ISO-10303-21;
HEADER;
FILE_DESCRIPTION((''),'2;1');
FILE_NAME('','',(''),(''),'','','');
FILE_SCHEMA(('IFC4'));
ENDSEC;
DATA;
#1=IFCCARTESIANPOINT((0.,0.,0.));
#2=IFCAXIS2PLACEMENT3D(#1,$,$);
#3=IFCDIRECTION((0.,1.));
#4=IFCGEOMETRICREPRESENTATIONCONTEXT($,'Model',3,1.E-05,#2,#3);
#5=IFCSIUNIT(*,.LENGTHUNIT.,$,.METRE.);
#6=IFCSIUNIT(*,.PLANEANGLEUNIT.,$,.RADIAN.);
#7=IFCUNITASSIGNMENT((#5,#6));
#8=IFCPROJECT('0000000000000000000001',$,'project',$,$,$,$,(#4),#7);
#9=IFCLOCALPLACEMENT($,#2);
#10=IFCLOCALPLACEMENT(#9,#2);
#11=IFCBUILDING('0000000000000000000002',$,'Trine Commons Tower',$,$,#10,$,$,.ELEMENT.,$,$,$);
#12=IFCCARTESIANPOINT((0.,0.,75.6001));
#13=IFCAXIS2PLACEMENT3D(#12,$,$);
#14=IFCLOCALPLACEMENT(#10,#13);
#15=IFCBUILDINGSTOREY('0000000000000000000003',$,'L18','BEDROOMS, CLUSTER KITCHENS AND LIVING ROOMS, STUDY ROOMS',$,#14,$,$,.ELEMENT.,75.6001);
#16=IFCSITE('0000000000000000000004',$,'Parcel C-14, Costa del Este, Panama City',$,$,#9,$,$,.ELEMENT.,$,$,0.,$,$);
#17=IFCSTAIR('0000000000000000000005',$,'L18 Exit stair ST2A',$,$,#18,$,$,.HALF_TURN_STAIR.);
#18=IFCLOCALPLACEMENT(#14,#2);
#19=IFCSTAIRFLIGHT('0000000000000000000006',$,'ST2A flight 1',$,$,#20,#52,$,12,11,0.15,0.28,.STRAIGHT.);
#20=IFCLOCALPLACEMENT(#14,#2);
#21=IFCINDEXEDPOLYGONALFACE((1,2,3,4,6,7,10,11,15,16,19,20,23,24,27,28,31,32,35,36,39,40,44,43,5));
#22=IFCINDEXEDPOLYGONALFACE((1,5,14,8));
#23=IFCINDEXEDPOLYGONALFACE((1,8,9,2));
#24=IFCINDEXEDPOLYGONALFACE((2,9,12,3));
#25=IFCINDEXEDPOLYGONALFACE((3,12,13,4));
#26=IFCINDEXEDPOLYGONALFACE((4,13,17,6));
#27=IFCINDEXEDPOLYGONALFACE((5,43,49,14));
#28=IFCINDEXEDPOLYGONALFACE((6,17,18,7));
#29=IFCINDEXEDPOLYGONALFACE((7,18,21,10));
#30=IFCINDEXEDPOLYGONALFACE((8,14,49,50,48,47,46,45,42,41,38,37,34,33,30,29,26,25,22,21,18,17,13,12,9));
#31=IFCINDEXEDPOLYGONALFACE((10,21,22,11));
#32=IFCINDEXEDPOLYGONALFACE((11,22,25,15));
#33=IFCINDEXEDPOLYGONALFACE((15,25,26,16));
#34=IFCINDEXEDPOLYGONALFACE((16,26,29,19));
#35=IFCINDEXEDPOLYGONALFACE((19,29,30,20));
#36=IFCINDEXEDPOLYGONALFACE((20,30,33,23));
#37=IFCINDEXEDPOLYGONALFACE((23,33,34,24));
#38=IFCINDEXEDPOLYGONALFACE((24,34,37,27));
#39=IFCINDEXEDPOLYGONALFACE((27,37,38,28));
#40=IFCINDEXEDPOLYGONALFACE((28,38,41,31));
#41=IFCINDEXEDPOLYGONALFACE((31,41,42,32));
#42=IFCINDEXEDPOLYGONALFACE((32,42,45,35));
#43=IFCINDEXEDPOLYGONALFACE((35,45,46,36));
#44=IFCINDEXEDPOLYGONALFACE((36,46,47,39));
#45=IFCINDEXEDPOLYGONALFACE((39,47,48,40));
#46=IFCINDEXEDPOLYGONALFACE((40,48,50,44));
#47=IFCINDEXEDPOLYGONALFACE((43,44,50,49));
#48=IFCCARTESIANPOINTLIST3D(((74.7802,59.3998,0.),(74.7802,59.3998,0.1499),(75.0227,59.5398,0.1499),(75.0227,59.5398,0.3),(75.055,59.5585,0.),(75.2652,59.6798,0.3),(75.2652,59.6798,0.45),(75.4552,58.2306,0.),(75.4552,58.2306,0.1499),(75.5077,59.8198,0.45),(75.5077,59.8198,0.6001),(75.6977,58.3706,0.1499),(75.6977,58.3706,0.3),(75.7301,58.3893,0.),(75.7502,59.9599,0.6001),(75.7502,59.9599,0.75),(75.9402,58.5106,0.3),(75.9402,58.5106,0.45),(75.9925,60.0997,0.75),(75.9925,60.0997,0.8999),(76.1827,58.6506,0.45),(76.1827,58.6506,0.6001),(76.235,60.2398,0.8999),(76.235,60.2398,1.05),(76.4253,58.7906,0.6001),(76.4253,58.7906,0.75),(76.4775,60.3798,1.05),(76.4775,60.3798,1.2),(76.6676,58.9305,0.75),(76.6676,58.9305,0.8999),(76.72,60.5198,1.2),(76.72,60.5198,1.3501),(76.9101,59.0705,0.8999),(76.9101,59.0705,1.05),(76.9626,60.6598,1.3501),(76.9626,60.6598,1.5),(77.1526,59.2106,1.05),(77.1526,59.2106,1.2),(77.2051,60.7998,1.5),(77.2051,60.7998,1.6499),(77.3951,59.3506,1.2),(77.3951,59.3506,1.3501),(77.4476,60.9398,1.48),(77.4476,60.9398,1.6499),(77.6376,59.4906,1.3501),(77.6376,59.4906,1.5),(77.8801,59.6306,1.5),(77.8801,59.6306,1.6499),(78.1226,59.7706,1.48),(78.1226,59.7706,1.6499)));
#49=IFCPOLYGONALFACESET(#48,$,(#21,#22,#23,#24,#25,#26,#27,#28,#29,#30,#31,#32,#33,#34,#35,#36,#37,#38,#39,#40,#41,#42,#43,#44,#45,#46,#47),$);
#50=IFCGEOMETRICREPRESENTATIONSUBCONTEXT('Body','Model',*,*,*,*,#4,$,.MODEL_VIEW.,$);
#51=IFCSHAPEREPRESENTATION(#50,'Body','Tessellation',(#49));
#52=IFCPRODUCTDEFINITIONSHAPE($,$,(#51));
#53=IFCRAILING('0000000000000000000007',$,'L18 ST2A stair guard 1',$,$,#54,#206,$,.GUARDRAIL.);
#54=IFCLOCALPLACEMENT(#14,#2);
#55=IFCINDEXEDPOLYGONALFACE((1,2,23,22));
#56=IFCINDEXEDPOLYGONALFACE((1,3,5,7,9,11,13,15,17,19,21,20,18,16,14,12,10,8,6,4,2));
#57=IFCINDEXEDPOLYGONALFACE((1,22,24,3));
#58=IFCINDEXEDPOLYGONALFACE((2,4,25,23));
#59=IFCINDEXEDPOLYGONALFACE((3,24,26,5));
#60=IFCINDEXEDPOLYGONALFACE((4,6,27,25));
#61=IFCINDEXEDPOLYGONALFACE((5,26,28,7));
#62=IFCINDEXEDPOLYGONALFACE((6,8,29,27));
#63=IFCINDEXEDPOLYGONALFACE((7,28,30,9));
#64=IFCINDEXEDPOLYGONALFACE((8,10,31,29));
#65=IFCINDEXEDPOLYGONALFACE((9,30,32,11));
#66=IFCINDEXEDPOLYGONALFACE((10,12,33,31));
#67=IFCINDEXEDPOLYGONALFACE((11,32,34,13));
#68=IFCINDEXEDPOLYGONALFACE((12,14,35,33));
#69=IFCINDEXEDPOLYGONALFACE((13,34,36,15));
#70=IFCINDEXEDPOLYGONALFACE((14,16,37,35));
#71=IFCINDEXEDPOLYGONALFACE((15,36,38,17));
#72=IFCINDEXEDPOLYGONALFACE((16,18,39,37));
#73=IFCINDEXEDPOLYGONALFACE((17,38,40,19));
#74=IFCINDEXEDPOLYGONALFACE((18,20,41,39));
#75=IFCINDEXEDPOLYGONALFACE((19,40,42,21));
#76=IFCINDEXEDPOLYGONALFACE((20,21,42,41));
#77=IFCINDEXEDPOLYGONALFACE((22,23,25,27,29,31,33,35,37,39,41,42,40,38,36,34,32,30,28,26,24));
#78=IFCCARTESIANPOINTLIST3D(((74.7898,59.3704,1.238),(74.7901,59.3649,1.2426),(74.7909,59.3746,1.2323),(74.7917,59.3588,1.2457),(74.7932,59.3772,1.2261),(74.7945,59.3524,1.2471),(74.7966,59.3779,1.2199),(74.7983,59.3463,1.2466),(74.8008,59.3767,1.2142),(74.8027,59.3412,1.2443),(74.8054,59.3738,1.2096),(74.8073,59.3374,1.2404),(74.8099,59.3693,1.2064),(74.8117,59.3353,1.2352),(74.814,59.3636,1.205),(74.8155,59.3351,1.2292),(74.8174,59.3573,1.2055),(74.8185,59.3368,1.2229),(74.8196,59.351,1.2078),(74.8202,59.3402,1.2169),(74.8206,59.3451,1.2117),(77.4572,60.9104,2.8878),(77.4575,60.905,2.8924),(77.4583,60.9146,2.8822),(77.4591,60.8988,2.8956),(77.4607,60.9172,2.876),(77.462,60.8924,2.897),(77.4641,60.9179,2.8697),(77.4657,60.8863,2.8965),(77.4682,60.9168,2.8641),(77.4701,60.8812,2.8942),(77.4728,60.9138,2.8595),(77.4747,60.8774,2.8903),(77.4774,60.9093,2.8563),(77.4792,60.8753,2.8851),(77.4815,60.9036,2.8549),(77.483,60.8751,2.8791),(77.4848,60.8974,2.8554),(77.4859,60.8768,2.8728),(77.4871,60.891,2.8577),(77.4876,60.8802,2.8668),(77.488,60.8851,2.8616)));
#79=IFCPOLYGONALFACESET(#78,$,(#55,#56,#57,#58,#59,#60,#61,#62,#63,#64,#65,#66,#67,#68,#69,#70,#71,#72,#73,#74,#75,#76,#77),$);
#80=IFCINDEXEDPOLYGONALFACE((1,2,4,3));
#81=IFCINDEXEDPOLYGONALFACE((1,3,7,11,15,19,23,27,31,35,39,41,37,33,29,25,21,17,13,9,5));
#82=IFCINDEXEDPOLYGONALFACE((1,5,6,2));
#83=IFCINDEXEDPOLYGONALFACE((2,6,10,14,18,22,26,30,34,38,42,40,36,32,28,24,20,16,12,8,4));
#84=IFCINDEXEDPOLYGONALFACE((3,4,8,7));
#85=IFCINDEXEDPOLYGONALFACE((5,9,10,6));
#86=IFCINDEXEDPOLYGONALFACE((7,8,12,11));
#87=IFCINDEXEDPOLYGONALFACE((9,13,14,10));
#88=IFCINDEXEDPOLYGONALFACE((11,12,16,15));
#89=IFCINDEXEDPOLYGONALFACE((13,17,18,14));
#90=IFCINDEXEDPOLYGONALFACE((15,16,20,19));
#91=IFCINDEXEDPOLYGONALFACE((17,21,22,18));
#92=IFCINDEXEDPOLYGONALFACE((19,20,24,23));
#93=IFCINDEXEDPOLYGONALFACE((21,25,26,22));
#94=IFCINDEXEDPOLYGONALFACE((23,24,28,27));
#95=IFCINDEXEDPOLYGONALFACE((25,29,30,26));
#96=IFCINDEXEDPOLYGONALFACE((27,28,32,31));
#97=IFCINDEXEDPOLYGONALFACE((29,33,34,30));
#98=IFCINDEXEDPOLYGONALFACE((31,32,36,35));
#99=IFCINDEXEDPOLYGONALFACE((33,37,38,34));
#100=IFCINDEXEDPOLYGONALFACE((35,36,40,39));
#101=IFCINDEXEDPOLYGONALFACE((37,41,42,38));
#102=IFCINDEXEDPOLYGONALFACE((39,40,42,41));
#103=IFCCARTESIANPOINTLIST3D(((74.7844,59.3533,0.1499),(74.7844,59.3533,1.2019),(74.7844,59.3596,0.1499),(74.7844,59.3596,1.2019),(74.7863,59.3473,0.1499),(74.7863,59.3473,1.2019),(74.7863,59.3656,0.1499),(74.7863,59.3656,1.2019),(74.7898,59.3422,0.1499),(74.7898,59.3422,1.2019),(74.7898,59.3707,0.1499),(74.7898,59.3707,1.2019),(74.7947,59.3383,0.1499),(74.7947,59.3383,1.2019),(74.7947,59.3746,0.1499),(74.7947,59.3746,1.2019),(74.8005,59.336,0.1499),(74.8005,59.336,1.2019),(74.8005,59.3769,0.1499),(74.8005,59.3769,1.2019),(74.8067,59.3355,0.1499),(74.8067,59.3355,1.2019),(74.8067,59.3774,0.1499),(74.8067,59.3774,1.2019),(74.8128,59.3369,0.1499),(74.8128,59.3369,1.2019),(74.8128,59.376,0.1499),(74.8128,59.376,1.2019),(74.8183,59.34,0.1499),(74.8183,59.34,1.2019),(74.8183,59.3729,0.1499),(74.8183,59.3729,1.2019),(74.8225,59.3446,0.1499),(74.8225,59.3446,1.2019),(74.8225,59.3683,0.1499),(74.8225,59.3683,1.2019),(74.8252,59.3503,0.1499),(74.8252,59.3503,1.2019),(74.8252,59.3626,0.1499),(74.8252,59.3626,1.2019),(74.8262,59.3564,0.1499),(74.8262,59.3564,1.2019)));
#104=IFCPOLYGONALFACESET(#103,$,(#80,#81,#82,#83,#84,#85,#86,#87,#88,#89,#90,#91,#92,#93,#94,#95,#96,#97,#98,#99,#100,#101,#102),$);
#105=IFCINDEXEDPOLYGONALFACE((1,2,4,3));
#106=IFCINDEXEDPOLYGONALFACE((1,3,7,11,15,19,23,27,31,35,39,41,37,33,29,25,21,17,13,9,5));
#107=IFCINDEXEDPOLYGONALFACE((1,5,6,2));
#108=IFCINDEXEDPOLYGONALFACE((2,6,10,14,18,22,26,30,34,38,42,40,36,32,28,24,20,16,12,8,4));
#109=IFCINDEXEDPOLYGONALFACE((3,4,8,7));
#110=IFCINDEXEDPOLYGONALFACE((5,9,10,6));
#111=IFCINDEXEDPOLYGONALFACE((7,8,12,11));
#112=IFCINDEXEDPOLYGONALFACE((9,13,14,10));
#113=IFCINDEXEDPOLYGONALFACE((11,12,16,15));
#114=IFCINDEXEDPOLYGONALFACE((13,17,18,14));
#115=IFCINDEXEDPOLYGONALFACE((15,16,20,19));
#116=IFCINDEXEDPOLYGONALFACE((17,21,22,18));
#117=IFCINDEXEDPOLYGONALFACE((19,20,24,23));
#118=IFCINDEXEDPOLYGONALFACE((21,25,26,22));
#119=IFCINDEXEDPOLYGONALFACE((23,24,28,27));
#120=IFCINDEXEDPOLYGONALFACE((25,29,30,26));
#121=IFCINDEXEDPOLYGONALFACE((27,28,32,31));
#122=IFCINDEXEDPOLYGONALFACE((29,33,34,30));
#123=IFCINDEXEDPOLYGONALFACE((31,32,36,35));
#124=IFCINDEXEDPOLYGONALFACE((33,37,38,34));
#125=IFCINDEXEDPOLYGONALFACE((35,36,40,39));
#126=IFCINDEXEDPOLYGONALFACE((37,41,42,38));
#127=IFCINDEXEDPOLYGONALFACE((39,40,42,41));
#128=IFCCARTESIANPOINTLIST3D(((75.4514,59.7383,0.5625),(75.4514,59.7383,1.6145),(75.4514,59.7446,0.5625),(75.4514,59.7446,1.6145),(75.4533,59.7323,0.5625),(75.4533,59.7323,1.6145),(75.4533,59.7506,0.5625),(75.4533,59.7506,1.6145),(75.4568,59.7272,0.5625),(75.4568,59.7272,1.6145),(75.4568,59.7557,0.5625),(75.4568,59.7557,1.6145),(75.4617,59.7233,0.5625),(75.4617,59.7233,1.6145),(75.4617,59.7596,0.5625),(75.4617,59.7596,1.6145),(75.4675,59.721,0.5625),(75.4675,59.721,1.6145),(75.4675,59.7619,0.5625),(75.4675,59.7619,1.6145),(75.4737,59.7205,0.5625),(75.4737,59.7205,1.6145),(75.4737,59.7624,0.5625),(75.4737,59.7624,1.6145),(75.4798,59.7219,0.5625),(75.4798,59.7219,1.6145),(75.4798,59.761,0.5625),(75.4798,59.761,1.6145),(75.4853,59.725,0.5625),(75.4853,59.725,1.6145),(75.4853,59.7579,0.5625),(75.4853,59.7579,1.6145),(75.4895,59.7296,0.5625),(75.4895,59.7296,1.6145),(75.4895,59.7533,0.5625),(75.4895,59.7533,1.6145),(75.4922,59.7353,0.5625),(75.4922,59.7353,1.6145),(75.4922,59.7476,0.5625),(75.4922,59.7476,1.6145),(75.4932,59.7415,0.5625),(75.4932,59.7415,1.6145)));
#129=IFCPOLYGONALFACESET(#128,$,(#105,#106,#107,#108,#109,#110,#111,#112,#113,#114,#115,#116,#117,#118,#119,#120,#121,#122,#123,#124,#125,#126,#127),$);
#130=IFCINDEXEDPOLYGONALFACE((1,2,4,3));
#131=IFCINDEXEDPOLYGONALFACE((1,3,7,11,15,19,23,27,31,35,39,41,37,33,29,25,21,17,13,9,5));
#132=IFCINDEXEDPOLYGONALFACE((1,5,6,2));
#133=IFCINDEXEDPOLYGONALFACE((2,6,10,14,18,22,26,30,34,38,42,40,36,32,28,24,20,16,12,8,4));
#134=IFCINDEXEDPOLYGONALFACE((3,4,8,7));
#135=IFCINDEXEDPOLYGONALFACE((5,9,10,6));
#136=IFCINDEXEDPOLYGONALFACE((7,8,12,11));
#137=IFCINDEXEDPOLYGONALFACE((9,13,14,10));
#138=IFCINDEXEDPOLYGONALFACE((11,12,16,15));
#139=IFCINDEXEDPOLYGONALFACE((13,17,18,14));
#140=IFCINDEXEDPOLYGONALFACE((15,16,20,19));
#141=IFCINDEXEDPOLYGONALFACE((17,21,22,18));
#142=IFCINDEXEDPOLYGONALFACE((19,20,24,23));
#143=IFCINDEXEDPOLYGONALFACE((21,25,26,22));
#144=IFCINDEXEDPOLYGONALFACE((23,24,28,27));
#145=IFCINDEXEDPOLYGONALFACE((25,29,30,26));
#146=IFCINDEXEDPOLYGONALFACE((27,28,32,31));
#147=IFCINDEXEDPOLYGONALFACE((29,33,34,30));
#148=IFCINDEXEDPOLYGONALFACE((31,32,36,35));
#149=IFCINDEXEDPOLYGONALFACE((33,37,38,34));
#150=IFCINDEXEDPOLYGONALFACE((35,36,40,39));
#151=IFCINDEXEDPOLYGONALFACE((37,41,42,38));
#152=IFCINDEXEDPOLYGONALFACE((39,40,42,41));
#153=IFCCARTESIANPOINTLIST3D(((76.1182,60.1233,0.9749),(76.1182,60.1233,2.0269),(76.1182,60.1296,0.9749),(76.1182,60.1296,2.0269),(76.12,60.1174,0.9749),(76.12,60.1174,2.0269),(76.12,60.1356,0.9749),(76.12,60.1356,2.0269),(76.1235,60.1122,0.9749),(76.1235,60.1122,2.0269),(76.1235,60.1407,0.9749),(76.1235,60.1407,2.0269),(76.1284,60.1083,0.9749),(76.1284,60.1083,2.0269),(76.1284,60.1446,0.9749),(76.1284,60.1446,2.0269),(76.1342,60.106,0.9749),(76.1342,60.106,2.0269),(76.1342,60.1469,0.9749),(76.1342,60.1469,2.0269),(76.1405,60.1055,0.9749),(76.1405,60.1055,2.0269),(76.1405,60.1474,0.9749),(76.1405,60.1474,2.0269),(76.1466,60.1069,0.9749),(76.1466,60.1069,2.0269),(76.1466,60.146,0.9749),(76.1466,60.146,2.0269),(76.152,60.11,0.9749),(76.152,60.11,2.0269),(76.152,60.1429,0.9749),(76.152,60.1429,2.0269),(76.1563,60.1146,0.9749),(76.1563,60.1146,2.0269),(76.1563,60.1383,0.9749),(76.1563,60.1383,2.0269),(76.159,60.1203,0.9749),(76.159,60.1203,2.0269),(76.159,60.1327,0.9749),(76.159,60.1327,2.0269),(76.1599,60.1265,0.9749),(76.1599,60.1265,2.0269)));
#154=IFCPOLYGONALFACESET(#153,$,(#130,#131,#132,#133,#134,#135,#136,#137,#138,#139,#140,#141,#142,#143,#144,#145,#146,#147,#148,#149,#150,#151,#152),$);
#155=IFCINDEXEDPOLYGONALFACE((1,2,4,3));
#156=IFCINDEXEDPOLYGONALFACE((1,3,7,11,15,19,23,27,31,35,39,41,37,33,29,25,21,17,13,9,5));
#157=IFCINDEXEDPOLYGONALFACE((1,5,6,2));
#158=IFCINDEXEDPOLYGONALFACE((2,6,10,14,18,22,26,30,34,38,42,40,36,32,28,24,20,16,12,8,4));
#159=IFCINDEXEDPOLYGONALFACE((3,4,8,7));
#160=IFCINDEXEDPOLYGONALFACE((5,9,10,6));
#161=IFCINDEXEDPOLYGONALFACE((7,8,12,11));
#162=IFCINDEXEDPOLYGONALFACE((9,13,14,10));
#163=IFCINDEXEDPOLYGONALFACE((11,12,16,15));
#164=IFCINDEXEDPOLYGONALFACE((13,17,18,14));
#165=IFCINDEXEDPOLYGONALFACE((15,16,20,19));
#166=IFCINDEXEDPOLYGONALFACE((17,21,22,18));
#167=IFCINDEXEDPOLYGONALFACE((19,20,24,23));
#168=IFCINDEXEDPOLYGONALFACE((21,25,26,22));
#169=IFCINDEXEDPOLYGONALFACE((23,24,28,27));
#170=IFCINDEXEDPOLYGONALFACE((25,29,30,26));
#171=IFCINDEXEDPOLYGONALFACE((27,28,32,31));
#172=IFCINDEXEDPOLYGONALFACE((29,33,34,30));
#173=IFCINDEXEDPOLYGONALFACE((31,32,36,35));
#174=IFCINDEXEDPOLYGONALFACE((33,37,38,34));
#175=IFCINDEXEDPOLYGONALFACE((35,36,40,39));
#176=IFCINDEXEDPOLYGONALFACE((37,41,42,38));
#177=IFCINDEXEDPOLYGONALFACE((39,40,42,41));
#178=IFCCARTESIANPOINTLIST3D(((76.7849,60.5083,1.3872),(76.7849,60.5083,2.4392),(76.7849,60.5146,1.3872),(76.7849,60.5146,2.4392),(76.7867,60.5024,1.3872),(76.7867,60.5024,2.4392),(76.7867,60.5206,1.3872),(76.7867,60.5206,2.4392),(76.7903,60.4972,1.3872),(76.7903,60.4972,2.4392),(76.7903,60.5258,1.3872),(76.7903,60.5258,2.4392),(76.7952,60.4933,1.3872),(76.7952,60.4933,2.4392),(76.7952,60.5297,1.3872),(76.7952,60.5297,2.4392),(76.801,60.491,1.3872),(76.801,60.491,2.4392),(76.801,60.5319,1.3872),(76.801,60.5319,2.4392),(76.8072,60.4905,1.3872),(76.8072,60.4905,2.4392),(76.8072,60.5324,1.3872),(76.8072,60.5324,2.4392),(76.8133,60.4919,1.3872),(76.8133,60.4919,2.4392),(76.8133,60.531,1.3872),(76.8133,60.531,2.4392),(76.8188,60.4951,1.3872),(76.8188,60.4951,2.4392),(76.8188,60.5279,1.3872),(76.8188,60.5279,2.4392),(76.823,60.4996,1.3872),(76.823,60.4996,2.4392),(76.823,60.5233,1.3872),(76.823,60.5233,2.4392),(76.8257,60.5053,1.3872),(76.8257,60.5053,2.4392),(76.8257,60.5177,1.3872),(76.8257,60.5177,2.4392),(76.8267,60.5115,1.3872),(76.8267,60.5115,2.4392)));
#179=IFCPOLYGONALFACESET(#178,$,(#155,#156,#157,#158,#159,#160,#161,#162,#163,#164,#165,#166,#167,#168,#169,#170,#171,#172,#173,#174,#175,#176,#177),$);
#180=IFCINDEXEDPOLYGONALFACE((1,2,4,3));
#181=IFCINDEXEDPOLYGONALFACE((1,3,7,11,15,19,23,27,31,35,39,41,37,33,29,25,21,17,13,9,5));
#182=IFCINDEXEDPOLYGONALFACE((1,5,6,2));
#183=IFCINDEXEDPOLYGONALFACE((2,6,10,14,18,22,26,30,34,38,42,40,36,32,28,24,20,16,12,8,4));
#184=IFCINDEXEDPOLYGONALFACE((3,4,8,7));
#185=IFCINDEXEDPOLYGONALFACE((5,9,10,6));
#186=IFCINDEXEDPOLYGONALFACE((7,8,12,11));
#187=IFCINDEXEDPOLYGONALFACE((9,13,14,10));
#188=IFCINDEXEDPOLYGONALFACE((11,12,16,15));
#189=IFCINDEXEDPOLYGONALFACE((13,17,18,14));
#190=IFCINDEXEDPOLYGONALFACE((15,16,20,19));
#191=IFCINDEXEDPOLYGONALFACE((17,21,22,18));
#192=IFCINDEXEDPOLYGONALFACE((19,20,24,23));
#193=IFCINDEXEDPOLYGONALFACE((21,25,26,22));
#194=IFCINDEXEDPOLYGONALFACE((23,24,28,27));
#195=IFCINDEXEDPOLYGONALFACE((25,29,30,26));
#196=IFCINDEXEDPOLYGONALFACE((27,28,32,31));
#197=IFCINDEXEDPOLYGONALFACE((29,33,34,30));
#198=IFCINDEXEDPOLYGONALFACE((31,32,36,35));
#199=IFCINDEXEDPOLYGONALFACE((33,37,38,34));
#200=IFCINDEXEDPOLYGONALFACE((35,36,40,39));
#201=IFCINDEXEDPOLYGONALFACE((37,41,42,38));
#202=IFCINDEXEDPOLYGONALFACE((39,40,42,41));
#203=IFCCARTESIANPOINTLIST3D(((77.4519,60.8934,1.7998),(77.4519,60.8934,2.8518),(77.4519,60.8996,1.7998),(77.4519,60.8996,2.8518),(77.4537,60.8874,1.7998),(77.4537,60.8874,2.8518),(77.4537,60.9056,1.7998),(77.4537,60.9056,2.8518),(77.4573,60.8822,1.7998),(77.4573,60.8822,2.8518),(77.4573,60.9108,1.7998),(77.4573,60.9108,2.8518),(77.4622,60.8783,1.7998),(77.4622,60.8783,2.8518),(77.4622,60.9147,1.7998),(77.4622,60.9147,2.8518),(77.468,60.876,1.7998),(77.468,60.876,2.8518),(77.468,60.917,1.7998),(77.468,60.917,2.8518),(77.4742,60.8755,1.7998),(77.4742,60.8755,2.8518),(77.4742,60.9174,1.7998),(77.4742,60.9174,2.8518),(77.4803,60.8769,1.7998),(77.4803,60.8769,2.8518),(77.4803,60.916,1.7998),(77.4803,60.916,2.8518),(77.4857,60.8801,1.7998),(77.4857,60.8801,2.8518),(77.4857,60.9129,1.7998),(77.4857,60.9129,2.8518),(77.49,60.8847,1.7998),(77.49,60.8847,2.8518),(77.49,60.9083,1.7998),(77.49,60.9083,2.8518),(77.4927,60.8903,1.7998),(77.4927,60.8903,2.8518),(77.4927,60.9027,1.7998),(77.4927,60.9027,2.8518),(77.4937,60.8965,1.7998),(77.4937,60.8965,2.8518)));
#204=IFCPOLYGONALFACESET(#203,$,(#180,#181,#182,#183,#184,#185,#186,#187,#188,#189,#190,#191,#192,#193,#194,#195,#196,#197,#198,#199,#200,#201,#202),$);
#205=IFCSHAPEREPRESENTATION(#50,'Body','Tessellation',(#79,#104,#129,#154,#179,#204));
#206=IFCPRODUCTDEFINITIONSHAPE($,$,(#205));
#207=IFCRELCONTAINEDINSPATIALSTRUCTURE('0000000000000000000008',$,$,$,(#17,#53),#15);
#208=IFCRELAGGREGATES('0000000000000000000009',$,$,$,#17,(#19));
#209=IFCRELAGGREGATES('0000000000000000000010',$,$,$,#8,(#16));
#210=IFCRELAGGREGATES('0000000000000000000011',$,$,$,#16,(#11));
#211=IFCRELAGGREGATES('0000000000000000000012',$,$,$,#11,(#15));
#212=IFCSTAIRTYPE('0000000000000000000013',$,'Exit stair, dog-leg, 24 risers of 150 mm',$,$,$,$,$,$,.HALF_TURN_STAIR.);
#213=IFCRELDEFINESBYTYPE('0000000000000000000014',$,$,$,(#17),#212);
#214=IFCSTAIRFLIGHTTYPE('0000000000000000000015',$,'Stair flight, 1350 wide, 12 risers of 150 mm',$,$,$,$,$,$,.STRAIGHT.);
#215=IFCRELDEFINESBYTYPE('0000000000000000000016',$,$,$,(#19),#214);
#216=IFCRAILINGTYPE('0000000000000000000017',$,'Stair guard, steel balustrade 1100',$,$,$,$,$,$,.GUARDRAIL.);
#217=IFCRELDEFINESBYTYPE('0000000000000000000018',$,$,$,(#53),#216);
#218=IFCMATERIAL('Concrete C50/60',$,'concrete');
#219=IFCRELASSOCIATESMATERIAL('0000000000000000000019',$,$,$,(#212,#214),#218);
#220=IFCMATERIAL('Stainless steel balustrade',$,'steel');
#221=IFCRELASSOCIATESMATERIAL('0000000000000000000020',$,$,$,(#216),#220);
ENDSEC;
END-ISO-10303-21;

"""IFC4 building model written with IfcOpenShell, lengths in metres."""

from ifc_helpers import new_model, si_unit, direction, frame, origin, origin_2d, place, context, subcontext, project, spatial, polyline, circle, outline, extrude, material, type_object, element, aggregate, save


model = new_model("IFC4")

# Units and contexts
model_context = context("Model", 3, precision=1e-05, world=origin(), true_north=direction((0.0, 1.0)))
body_context = subcontext(model_context, "Body", "Model", "MODEL_VIEW")
ifc_project = project(units=[si_unit("LENGTHUNIT", "METRE"), si_unit("PLANEANGLEUNIT", "RADIAN")], contexts=[model_context])

# Site, building, storey
site_placement = place(None, origin())
site = spatial("IfcSite", under=ifc_project, at=site_placement, Name="Parcel C-14, Costa del Este, Panama City", CompositionType="ELEMENT", RefElevation=0.0)
building_placement = place(site_placement, origin())
building = spatial("IfcBuilding", under=site, at=building_placement, Name="Trine Commons Tower", CompositionType="ELEMENT")
storey_placement = place(building_placement, frame((0.0, 0.0, 75.6001)))
storey = spatial("IfcBuildingStorey", under=building, at=storey_placement, Name="L18", Description="BEDROOMS, CLUSTER KITCHENS AND LIVING ROOMS, STUDY ROOMS", CompositionType="ELEMENT", Elevation=75.6001)

# Stair, stair flight
ifc_material_1 = material(Name="Concrete C50/60", Category="concrete")
stair_type = type_object("IfcStairType", Name="Exit stair, dog-leg, 24 risers of 150 mm", PredefinedType="HALF_TURN_STAIR", material=ifc_material_1)
stair_placement = place(storey_placement, origin())
stair = element("IfcStair", 1, at=stair_placement, inside=storey, type_object=stair_type, Name="L18 Exit stair ST2A", PredefinedType="HALF_TURN_STAIR")
stair_flight_type = type_object("IfcStairFlightType", Name="Stair flight, 1350 wide, 12 risers of 150 mm", PredefinedType="STRAIGHT", material=ifc_material_1)
stair_flight_placement = place(storey_placement, frame((75.1177, 58.8152, 0.0), z_axis=(0.0, 0.0, 1.0), x_axis=(0.866025, 0.5, 0.0)))
stair_flight = element("IfcStairFlight", 2, at=stair_flight_placement, type_object=stair_flight_type, Name="ST2A flight 1", NumberOfRisers=12, NumberOfTreads=11, PredefinedType="STRAIGHT", RiserHeight=0.15, TreadLength=0.28, context=body_context, shape_type="SweptSolid", body=[
    extrude(outline(polyline([(0.0, 0.0), (0.0, 0.1499), (0.28, 0.1499), (0.28, 0.3), (0.5601, 0.3), (0.5601, 0.45), (0.8401, 0.45), (0.8401, 0.6001), (1.1201, 0.6001), (1.1201, 0.75), (1.3999, 0.75), (1.3999, 0.8999), (1.6799, 0.8999), (1.6799, 1.05), (1.96, 1.05), (1.96, 1.2), (2.24, 1.2), (2.24, 1.3501), (2.52, 1.3501), (2.52, 1.5), (2.8, 1.5), (2.8, 1.6499), (3.0801, 1.6499), (3.0801, 1.8), (3.0801, 1.48), (0.3174, 0.0), (0.0, 0.0)])), frame((0.0, 0.675, 0.0), z_axis=(0.0, -1.0, 0.0), x_axis=(1.0, 0.0, 0.0)), (0.0, 0.0, 1.0), 1.3501),
])
aggregate(stair, [stair_flight])

# Railing
ifc_material_2 = material(Name="Stainless steel balustrade", Category="steel")
railing_type = type_object("IfcRailingType", Name="Stair guard, steel balustrade 1100", PredefinedType="GUARDRAIL", material=ifc_material_2)
railing_1_placement = place(storey_placement, frame((74.8052, 59.3564, 0.1499)))
element("IfcRailing", 3, at=railing_1_placement, inside=storey, type_object=railing_type, Name="L18 ST2A stair guard 1", PredefinedType="GUARDRAIL", context=body_context, shape_type="SweptSolid", body=[
    extrude(circle(Radius=0.0239, at=origin_2d()), frame((0.0, 0.0, 1.0762), z_axis=(0.763405, 0.440743, 0.472185), x_axis=(-0.499992, 0.86603, 0.0)), (0.0, 0.0, 1.0), 3.4941),
    extrude(circle(Radius=0.021, at=origin_2d()), origin(), (0.0, 0.0, 1.0), 1.052),
    extrude(circle(Radius=0.021, at=origin_2d()), frame((0.667, 0.385, 0.4126)), (0.0, 0.0, 1.0), 1.052),
    extrude(circle(Radius=0.021, at=origin_2d()), frame((1.3337, 0.77, 0.825)), (0.0, 0.0, 1.0), 1.052),
    extrude(circle(Radius=0.021, at=origin_2d()), frame((2.0005, 1.155, 1.2373)), (0.0, 0.0, 1.0), 1.052),
    extrude(circle(Radius=0.021, at=origin_2d()), frame((2.6675, 1.54, 1.6499)), (0.0, 0.0, 1.0), 1.052),
])

save(model, "model.ifc")
